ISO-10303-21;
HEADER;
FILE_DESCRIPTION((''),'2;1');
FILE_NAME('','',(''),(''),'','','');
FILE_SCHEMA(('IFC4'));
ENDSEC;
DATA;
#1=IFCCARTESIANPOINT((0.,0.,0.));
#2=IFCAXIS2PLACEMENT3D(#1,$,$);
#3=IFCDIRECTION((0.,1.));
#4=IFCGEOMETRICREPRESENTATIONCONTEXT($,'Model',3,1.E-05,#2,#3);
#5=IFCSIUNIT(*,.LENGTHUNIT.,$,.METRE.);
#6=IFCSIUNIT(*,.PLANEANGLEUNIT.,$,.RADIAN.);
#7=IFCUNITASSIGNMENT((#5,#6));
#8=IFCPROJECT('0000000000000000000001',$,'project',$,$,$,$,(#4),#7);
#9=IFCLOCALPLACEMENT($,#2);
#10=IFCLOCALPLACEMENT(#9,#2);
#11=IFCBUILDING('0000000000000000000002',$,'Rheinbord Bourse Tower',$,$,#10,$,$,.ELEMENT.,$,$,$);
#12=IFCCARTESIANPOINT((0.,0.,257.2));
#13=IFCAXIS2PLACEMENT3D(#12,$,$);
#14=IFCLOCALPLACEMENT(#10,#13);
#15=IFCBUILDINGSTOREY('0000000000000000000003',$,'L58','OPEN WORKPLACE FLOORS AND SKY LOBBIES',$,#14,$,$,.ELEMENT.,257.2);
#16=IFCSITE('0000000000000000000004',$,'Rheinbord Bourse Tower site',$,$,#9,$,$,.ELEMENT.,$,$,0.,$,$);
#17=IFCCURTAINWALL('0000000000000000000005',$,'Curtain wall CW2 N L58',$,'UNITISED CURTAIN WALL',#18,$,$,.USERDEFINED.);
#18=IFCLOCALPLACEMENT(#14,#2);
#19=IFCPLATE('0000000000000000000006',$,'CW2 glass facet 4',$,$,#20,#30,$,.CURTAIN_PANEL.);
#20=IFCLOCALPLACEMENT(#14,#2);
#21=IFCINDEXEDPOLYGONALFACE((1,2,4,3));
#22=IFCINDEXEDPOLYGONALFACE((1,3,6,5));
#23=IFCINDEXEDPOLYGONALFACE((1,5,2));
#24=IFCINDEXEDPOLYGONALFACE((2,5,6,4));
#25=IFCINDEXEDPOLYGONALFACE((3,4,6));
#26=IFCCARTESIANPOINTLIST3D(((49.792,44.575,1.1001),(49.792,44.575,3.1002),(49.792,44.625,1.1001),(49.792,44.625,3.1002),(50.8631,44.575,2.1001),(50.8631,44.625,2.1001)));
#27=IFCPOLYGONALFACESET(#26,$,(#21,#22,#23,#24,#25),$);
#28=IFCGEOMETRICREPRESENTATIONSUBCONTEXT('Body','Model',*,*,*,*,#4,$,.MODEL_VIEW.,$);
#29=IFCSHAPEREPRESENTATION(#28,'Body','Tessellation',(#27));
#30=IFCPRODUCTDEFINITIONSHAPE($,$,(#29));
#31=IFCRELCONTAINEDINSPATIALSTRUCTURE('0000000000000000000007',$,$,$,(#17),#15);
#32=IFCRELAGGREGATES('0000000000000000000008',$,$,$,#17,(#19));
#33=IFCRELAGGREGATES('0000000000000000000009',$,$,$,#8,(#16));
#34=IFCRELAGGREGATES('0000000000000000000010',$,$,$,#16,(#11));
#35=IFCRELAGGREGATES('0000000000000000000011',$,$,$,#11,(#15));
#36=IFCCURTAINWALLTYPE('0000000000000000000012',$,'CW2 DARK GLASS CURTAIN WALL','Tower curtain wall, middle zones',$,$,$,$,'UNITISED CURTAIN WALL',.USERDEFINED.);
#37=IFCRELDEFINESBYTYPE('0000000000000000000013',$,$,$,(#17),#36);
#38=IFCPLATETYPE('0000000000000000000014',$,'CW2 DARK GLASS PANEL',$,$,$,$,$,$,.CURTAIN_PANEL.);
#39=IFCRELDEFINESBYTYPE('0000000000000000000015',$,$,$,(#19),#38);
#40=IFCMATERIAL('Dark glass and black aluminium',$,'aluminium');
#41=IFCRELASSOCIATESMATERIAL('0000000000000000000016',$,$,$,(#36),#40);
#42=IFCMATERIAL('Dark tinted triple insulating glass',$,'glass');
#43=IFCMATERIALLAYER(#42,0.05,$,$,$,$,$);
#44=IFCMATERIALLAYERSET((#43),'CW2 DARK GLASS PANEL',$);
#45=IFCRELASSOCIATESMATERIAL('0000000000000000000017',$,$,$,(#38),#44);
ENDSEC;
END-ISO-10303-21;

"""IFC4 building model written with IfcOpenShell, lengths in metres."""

from ifc_helpers import new_model, si_unit, direction, frame, origin, place, context, subcontext, project, spatial, polyline, outline, extrude, material, layer, layer_set, type_object, element, aggregate, save


model = new_model("IFC4")

# Units and contexts
model_context = context("Model", 3, precision=1e-05, world=origin(), true_north=direction((0.0, 1.0)))
body_context = subcontext(model_context, "Body", "Model", "MODEL_VIEW")
ifc_project = project(units=[si_unit("LENGTHUNIT", "METRE"), si_unit("PLANEANGLEUNIT", "RADIAN")], contexts=[model_context])

# Site, building, storey
site_placement = place(None, origin())
site = spatial("IfcSite", under=ifc_project, at=site_placement, Name="Rheinbord Bourse Tower site", CompositionType="ELEMENT", RefElevation=0.0)
building_placement = place(site_placement, origin())
building = spatial("IfcBuilding", under=site, at=building_placement, Name="Rheinbord Bourse Tower", CompositionType="ELEMENT")
storey_placement = place(building_placement, frame((0.0, 0.0, 257.2)))
storey = spatial("IfcBuildingStorey", under=building, at=storey_placement, Name="L58", Description="OPEN WORKPLACE FLOORS AND SKY LOBBIES", CompositionType="ELEMENT", Elevation=257.2)

# Curtain wall
ifc_material_1 = material(Name="Dark glass and black aluminium", Category="aluminium")
curtain_wall_type = type_object("IfcCurtainWallType", Name="CW2 DARK GLASS CURTAIN WALL", Description="Tower curtain wall, middle zones", ElementType="UNITISED CURTAIN WALL", PredefinedType="USERDEFINED", material=ifc_material_1)
curtain_wall_placement = place(storey_placement, origin())
curtain_wall = element("IfcCurtainWall", 1, at=curtain_wall_placement, inside=storey, type_object=curtain_wall_type, Name="Curtain wall CW2 N L58", ObjectType="UNITISED CURTAIN WALL", PredefinedType="USERDEFINED")

# Plate
ifc_material_2 = material(Name="Dark tinted triple insulating glass", Category="glass")
ifc_layer = layer(ifc_material_2, 0.05)
ifc_layer_set = layer_set([ifc_layer], Name="CW2 DARK GLASS PANEL")
plate_type = type_object("IfcPlateType", Name="CW2 DARK GLASS PANEL", PredefinedType="CURTAIN_PANEL", material=ifc_layer_set)
plate_1_placement = place(storey_placement, frame((49.792, 44.625, 1.1001), z_axis=(0.0, -1.0, 0.0), x_axis=(0.730933, 0.0, 0.682449)))
plate_1 = element("IfcPlate", 2, at=plate_1_placement, type_object=plate_type, Name="CW2 glass facet 4", PredefinedType="CURTAIN_PANEL", context=body_context, shape_type="SweptSolid", body=[
    extrude(outline(polyline([(0.0, 0.0), (1.4653, 0.0), (1.365, 1.4619), (0.0, 0.0)])), origin(), (0.0, 0.0, 1.0), 0.05),
])
aggregate(curtain_wall, [plate_1])

save(model, "model.ifc")
